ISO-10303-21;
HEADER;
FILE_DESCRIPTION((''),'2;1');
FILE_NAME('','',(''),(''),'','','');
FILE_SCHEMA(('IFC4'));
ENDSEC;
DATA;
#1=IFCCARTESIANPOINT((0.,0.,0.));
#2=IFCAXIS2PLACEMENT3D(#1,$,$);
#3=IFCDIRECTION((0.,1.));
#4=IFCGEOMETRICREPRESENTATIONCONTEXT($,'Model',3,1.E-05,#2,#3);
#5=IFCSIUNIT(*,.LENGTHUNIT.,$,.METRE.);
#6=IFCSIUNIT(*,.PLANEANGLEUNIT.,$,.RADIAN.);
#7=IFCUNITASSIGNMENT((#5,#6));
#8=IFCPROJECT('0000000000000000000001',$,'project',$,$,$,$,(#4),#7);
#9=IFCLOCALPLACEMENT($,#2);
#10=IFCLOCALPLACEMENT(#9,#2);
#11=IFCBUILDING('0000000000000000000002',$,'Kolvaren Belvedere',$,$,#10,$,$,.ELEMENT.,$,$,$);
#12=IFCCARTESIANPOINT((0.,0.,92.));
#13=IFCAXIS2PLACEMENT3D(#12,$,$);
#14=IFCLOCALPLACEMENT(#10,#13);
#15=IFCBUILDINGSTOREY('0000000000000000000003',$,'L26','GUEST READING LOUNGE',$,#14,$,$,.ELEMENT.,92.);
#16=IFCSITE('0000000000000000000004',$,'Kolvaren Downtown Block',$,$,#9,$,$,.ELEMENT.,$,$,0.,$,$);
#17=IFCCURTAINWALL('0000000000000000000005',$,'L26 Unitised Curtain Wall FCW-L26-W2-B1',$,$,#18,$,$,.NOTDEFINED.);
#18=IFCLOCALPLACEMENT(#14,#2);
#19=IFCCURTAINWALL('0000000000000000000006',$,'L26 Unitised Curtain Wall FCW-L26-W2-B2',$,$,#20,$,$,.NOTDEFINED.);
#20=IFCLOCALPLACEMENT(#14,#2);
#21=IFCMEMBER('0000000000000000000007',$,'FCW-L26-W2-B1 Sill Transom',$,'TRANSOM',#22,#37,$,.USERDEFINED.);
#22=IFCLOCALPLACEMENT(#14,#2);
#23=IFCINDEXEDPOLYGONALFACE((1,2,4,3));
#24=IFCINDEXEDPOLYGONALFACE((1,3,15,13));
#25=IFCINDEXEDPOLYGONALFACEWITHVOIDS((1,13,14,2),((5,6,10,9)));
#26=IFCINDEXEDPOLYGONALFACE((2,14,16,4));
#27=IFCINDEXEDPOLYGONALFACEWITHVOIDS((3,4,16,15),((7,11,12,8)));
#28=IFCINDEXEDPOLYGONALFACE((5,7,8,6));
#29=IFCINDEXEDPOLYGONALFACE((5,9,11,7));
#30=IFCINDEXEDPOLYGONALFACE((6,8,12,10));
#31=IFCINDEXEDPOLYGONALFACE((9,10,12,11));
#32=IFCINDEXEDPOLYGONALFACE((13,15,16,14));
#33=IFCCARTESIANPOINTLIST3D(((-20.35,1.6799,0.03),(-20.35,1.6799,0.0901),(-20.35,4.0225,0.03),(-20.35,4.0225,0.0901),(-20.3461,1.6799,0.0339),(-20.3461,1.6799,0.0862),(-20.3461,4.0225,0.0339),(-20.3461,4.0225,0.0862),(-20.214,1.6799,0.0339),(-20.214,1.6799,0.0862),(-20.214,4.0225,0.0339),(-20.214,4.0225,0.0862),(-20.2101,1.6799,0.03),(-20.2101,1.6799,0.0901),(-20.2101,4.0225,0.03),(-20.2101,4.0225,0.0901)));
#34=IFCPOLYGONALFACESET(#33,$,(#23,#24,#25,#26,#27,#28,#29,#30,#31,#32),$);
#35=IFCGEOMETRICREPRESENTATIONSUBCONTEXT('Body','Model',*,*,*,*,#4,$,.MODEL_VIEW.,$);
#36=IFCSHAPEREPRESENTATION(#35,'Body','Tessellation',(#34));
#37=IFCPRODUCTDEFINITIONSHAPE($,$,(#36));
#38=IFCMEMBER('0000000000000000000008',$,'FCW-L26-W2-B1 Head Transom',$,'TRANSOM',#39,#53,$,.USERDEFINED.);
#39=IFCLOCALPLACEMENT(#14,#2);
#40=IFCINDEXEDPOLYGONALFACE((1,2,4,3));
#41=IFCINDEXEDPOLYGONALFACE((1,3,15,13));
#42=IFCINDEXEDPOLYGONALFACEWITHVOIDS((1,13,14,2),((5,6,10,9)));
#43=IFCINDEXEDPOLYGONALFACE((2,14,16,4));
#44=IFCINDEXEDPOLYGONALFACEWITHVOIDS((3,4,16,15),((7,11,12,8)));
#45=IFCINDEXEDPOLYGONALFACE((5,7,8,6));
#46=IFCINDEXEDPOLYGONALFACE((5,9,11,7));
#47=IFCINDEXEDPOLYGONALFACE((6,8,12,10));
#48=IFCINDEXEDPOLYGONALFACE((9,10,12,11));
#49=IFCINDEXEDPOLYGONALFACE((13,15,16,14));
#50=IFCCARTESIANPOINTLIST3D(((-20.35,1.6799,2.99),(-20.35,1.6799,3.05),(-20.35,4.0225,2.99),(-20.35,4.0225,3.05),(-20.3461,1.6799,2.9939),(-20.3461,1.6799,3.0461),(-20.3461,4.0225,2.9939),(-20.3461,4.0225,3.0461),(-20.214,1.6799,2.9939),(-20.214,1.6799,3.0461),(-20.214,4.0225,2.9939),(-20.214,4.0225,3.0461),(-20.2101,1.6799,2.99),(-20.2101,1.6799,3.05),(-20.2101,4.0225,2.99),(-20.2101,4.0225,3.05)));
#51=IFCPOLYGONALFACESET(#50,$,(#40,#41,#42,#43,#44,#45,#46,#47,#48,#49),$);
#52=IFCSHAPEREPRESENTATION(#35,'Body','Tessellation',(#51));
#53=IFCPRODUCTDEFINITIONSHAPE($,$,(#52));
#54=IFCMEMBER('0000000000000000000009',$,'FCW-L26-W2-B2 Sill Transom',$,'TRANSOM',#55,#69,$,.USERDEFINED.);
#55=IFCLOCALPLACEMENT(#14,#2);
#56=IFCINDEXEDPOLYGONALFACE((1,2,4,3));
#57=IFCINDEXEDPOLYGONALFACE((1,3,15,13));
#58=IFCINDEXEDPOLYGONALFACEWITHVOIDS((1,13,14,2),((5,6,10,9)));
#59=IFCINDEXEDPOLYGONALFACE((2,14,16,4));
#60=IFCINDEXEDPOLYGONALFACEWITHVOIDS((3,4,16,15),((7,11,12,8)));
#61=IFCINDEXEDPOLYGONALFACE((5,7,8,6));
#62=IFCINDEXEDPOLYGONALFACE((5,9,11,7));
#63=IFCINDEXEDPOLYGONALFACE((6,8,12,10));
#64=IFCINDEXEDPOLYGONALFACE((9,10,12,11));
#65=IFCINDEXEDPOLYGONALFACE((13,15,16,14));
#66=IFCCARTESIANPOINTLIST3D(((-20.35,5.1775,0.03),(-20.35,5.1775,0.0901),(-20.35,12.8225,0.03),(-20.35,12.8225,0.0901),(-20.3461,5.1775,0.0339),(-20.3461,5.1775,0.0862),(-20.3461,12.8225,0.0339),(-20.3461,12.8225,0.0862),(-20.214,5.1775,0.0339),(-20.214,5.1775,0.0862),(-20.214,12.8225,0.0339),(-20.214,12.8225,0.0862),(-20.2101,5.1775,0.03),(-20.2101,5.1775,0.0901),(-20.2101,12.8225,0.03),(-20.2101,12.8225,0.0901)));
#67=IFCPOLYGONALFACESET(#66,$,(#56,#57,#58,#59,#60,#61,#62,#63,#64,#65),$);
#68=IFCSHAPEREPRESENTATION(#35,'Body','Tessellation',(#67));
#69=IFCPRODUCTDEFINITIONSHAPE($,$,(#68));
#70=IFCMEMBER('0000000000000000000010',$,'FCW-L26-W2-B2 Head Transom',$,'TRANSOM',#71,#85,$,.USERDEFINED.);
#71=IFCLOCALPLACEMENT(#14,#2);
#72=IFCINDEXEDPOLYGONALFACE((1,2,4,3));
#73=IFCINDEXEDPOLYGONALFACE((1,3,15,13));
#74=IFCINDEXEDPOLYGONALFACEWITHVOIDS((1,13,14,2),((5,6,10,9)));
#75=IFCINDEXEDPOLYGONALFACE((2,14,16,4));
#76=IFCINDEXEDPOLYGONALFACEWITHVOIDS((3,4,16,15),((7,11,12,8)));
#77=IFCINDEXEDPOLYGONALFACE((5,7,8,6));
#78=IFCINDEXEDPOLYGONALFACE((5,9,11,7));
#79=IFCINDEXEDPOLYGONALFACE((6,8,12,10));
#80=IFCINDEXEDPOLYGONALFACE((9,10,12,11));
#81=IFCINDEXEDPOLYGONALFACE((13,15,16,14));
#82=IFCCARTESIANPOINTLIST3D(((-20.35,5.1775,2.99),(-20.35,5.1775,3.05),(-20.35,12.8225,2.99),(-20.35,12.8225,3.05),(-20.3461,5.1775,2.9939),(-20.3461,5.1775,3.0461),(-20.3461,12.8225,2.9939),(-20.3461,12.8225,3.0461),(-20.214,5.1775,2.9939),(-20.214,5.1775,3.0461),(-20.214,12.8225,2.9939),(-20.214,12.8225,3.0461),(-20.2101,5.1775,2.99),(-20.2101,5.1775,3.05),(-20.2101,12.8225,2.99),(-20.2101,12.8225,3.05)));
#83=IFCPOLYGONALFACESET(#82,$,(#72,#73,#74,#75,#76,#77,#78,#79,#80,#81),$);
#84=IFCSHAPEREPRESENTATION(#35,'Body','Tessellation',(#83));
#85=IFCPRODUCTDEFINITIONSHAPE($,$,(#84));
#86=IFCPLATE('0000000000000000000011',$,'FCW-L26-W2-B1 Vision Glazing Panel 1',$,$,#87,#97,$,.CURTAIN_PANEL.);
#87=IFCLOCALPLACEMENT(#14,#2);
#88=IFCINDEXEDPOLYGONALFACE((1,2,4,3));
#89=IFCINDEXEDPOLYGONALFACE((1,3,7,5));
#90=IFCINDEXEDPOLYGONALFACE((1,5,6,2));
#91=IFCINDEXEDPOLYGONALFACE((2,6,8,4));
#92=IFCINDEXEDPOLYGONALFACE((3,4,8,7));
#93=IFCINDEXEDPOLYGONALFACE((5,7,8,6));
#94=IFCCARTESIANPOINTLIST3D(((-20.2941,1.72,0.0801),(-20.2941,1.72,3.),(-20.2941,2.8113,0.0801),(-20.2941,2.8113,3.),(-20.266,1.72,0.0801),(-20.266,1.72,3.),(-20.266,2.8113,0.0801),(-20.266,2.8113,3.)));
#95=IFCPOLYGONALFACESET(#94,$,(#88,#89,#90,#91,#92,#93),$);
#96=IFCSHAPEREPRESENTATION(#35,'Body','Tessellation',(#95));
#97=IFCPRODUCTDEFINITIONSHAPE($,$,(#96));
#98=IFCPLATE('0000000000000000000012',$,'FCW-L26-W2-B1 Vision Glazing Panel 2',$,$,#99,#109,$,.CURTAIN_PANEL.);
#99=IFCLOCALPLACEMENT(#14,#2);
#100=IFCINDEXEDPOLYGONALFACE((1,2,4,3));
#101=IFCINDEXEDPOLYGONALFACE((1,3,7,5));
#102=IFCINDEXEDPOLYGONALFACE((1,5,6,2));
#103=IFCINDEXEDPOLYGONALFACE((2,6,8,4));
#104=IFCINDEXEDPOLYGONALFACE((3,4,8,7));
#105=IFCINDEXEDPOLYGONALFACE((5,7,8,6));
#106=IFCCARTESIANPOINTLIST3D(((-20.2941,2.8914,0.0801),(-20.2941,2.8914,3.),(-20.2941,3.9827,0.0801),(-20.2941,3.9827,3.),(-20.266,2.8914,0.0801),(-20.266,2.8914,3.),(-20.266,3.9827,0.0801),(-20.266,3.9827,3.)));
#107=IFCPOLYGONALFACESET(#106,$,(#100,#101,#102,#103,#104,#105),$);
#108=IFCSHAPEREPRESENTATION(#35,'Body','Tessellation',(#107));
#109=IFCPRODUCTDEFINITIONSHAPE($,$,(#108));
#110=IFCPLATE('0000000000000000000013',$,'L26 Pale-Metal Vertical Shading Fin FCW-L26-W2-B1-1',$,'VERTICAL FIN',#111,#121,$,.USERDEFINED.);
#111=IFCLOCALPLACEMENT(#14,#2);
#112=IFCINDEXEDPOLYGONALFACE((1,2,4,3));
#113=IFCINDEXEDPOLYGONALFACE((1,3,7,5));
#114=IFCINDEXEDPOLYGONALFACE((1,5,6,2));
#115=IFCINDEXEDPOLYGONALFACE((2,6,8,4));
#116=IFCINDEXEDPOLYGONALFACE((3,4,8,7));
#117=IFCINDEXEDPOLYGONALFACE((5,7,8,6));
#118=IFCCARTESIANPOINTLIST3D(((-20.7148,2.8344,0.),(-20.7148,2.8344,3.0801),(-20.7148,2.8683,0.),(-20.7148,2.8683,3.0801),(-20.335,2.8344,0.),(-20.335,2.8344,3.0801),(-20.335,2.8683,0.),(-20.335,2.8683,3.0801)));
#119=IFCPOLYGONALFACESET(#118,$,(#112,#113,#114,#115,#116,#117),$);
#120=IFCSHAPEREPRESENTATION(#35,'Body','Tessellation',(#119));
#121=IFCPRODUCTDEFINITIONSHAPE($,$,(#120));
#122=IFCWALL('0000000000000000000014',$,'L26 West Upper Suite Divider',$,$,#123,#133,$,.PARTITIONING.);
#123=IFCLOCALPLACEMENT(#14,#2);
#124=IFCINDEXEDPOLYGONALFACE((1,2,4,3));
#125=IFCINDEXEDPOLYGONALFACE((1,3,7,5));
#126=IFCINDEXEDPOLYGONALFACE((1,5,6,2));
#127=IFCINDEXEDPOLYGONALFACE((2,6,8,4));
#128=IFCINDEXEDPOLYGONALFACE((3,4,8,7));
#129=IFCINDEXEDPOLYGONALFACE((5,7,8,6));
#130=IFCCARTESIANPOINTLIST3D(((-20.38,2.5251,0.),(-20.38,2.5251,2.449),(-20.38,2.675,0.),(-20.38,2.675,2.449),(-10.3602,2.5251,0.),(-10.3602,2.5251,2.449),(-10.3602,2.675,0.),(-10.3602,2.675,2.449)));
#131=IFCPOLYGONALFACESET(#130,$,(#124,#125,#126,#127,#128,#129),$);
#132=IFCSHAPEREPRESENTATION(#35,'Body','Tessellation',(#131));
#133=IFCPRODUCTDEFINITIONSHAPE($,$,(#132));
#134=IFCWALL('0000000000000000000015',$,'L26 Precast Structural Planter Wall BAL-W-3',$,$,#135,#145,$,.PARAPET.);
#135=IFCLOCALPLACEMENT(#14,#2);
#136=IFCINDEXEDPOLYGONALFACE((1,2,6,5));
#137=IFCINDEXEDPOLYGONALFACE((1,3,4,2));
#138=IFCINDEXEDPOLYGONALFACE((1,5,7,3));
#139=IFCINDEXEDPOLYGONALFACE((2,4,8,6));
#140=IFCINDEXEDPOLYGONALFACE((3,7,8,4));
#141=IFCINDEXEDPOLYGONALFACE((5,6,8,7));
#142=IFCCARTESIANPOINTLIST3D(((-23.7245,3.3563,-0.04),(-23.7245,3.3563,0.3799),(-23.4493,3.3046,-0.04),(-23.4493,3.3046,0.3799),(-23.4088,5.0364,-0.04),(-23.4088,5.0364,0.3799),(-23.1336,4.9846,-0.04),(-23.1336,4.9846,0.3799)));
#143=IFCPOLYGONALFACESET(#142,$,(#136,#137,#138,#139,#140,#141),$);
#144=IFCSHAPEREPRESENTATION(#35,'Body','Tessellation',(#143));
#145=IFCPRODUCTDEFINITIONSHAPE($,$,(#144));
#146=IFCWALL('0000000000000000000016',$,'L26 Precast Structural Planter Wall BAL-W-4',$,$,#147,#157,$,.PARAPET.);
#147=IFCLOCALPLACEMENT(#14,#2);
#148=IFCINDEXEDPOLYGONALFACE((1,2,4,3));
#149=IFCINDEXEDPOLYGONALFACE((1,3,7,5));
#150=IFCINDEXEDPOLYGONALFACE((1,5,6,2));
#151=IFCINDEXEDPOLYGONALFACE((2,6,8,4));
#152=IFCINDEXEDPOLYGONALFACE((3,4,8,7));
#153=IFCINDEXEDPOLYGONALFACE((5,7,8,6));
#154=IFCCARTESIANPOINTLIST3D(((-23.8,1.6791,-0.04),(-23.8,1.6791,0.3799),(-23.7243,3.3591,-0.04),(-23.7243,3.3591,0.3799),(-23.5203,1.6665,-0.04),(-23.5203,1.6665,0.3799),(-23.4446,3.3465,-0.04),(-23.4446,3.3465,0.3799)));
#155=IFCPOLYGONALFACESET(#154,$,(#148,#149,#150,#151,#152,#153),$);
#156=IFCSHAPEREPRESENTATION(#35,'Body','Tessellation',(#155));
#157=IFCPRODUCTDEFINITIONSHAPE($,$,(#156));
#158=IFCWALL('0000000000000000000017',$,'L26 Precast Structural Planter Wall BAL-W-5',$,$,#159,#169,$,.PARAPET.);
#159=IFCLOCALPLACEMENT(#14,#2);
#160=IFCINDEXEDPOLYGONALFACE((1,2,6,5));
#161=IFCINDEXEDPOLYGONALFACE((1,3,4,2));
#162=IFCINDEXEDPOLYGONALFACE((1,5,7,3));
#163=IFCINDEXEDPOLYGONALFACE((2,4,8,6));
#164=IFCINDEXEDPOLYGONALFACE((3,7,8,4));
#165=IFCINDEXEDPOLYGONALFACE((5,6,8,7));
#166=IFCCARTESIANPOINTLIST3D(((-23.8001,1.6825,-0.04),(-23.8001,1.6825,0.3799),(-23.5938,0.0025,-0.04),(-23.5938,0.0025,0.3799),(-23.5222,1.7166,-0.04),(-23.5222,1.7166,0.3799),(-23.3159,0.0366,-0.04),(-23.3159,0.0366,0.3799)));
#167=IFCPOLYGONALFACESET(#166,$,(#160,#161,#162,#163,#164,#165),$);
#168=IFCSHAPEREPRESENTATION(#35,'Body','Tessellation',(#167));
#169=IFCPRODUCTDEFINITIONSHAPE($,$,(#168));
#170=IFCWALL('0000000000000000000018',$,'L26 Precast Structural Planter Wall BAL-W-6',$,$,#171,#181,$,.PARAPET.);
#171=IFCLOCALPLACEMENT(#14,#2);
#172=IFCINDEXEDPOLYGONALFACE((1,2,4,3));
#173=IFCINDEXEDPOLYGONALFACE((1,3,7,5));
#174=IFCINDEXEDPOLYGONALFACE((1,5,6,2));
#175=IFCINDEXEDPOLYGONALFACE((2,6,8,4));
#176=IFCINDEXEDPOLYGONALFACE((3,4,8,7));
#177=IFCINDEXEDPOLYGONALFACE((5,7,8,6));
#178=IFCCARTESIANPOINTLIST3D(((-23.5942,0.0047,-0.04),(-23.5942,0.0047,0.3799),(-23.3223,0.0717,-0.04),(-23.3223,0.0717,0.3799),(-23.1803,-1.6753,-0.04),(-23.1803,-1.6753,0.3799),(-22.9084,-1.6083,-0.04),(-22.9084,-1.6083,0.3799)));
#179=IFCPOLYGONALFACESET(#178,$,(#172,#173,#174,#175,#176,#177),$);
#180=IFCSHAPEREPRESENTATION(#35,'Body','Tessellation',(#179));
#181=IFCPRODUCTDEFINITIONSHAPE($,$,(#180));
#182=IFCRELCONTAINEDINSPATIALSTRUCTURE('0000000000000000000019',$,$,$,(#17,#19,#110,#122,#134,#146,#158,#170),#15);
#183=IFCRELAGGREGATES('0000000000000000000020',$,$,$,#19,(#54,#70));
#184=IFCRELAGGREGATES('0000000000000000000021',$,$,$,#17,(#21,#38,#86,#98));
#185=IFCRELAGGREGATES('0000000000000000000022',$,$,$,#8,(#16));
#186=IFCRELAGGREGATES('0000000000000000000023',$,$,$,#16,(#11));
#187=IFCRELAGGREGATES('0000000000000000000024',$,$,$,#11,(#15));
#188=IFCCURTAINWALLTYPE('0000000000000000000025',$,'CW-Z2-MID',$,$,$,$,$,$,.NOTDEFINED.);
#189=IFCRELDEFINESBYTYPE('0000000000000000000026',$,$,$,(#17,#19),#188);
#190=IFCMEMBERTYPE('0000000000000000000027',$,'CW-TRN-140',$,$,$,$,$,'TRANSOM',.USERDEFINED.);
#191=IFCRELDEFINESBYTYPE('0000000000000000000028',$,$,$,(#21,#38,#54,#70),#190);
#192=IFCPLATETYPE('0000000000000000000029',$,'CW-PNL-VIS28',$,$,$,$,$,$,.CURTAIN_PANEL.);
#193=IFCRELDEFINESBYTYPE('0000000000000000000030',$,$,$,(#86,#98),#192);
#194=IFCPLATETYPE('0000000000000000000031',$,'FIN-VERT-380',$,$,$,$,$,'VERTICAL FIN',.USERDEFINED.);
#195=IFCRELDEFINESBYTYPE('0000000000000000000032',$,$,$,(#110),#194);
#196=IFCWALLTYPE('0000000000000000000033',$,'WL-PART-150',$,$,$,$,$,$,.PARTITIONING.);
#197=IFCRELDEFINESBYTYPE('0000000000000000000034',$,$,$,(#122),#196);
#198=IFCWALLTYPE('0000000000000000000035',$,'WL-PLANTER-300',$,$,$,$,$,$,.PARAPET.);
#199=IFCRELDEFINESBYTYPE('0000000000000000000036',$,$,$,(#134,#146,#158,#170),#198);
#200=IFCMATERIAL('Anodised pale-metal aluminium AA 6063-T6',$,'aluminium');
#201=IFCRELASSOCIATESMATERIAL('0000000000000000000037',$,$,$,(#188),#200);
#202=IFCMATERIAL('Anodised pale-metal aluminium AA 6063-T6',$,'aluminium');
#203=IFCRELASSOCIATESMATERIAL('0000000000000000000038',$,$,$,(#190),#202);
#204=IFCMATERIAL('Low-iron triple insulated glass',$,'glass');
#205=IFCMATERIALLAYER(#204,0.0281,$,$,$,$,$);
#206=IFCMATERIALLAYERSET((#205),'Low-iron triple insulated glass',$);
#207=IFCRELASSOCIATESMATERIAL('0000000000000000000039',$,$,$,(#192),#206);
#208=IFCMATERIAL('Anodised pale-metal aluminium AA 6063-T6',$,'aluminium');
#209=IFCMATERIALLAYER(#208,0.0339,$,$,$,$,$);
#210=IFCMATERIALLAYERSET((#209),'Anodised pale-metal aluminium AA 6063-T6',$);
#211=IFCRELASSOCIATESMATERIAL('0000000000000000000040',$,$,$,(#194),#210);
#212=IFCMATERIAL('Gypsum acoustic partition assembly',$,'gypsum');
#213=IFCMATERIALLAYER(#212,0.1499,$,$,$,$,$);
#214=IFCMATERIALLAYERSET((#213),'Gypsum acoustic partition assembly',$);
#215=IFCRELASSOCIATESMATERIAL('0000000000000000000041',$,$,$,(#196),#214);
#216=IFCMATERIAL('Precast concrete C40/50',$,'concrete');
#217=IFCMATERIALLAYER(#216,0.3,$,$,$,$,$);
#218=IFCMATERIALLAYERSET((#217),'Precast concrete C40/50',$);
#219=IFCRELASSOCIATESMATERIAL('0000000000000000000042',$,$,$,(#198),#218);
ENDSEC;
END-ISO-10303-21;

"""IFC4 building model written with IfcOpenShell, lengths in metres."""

from ifc_helpers import new_model, si_unit, direction, frame, frame_2d, origin, origin_2d, place, context, subcontext, project, spatial, rectangle, hollow_rectangle, extrude, material, layer, layer_set, material_profile, profile_set, type_object, element, aggregate, save


model = new_model("IFC4")

# Units and contexts
model_context = context("Model", 3, precision=1e-05, world=origin(), true_north=direction((0.0, 1.0)))
body_context = subcontext(model_context, "Body", "Model", "MODEL_VIEW")
ifc_project = project(units=[si_unit("LENGTHUNIT", "METRE"), si_unit("PLANEANGLEUNIT", "RADIAN")], contexts=[model_context])

# Site, building, storey
site_placement = place(None, origin())
site = spatial("IfcSite", under=ifc_project, at=site_placement, Name="Kolvaren Downtown Block", CompositionType="ELEMENT", RefElevation=0.0)
building_placement = place(site_placement, origin())
building = spatial("IfcBuilding", under=site, at=building_placement, Name="Kolvaren Belvedere", CompositionType="ELEMENT")
storey_placement = place(building_placement, frame((0.0, 0.0, 92.0)))
storey = spatial("IfcBuildingStorey", under=building, at=storey_placement, Name="L26", Description="GUEST READING LOUNGE", CompositionType="ELEMENT", Elevation=92.0)

# Curtain wall
ifc_material_1 = material(Name="Anodised pale-metal aluminium AA 6063-T6", Category="aluminium")
curtain_wall_type = type_object("IfcCurtainWallType", Name="CW-Z2-MID", PredefinedType="NOTDEFINED", material=ifc_material_1)
curtain_wall_1_placement = place(storey_placement, origin())
curtain_wall_1 = element("IfcCurtainWall", 1, at=curtain_wall_1_placement, inside=storey, type_object=curtain_wall_type, Name="L26 Unitised Curtain Wall FCW-L26-W2-B1", PredefinedType="NOTDEFINED")

# Curtain wall
curtain_wall_2_placement = place(storey_placement, origin())
curtain_wall_2 = element("IfcCurtainWall", 2, at=curtain_wall_2_placement, inside=storey, type_object=curtain_wall_type, Name="L26 Unitised Curtain Wall FCW-L26-W2-B2", PredefinedType="NOTDEFINED")

# Members
ifc_material_2 = material(Name="Anodised pale-metal aluminium AA 6063-T6", Category="aluminium")
ifc_material_profile_1 = material_profile(ifc_material_2, hollow_rectangle(XDim=0.0601, YDim=0.1399, WallThickness=0.0039, at=origin_2d()), Name="ALU-TRN-140X60")
ifc_profile_set_1 = profile_set([ifc_material_profile_1], Name="Anodised pale-metal aluminium AA 6063-T6")
member_type_1 = type_object("IfcMemberType", Name="CW-TRN-140", ElementType="TRANSOM", PredefinedType="USERDEFINED", material=ifc_profile_set_1)
member_1_placement = place(storey_placement, frame((-20.28, 1.6799, 0.0601), z_axis=(0.0, 1.0, 0.0), x_axis=(0.0, 0.0, 1.0)))
member_1 = element("IfcMember", 3, at=member_1_placement, type_object=member_type_1, Name="FCW-L26-W2-B1 Sill Transom", ObjectType="TRANSOM", PredefinedType="USERDEFINED", context=body_context, shape_type="SweptSolid", body=[
    extrude(hollow_rectangle(XDim=0.0601, YDim=0.1399, WallThickness=0.0039, at=origin_2d()), origin(), (0.0, 0.0, 1.0), 2.3425),
])
member_2_placement = place(storey_placement, frame((-20.28, 1.6799, 3.02), z_axis=(0.0, 1.0, 0.0), x_axis=(0.0, 0.0, 1.0)))
member_2 = element("IfcMember", 4, at=member_2_placement, type_object=member_type_1, Name="FCW-L26-W2-B1 Head Transom", ObjectType="TRANSOM", PredefinedType="USERDEFINED", context=body_context, shape_type="SweptSolid", body=[
    extrude(hollow_rectangle(XDim=0.0601, YDim=0.1399, WallThickness=0.0039, at=origin_2d()), origin(), (0.0, 0.0, 1.0), 2.3425),
])
member_3_placement = place(storey_placement, frame((-20.28, 5.1775, 0.0601), z_axis=(0.0, 1.0, 0.0), x_axis=(0.0, 0.0, 1.0)))
member_3 = element("IfcMember", 5, at=member_3_placement, type_object=member_type_1, Name="FCW-L26-W2-B2 Sill Transom", ObjectType="TRANSOM", PredefinedType="USERDEFINED", context=body_context, shape_type="SweptSolid", body=[
    extrude(hollow_rectangle(XDim=0.0601, YDim=0.1399, WallThickness=0.0039, at=origin_2d()), origin(), (0.0, 0.0, 1.0), 7.645),
])
member_4_placement = place(storey_placement, frame((-20.28, 5.1775, 3.02), z_axis=(0.0, 1.0, 0.0), x_axis=(0.0, 0.0, 1.0)))
member_4 = element("IfcMember", 6, at=member_4_placement, type_object=member_type_1, Name="FCW-L26-W2-B2 Head Transom", ObjectType="TRANSOM", PredefinedType="USERDEFINED", context=body_context, shape_type="SweptSolid", body=[
    extrude(hollow_rectangle(XDim=0.0601, YDim=0.1399, WallThickness=0.0039, at=origin_2d()), origin(), (0.0, 0.0, 1.0), 7.645),
])
aggregate(curtain_wall_2, [member_3, member_4])

# Plates
ifc_material_3 = material(Name="Low-iron triple insulated glass", Category="glass")
ifc_layer_1 = layer(ifc_material_3, 0.0281)
ifc_layer_set_1 = layer_set([ifc_layer_1], Name="Low-iron triple insulated glass")
plate_type_1 = type_object("IfcPlateType", Name="CW-PNL-VIS28", PredefinedType="CURTAIN_PANEL", material=ifc_layer_set_1)
plate_1_placement = place(storey_placement, frame((-20.28, 2.2656, 0.0801), z_axis=(0.0, 0.0, 1.0), x_axis=(0.0, 1.0, 0.0)))
plate_1 = element("IfcPlate", 7, at=plate_1_placement, type_object=plate_type_1, Name="FCW-L26-W2-B1 Vision Glazing Panel 1", PredefinedType="CURTAIN_PANEL", context=body_context, shape_type="SweptSolid", body=[
    extrude(rectangle(XDim=1.0913, YDim=0.0281, at=origin_2d()), origin(), (0.0, 0.0, 1.0), 2.9199),
])
plate_2_placement = place(storey_placement, frame((-20.28, 3.437, 0.0801), z_axis=(0.0, 0.0, 1.0), x_axis=(0.0, 1.0, 0.0)))
plate_2 = element("IfcPlate", 8, at=plate_2_placement, type_object=plate_type_1, Name="FCW-L26-W2-B1 Vision Glazing Panel 2", PredefinedType="CURTAIN_PANEL", context=body_context, shape_type="SweptSolid", body=[
    extrude(rectangle(XDim=1.0913, YDim=0.0281, at=origin_2d()), origin(), (0.0, 0.0, 1.0), 2.9199),
])
aggregate(curtain_wall_1, [member_1, member_2, plate_1, plate_2])
ifc_material_4 = material(Name="Anodised pale-metal aluminium AA 6063-T6", Category="aluminium")
ifc_layer_2 = layer(ifc_material_4, 0.0339)
ifc_layer_set_2 = layer_set([ifc_layer_2], Name="Anodised pale-metal aluminium AA 6063-T6")
plate_type_2 = type_object("IfcPlateType", Name="FIN-VERT-380", ElementType="VERTICAL FIN", PredefinedType="USERDEFINED", material=ifc_layer_set_2)
plate_3_placement = place(storey_placement, frame((-20.5249, 2.8513, 0.0), z_axis=(0.0, 0.0, 1.0), x_axis=(1.0, 0.0, 0.0)))
element("IfcPlate", 9, at=plate_3_placement, inside=storey, type_object=plate_type_2, Name="L26 Pale-Metal Vertical Shading Fin FCW-L26-W2-B1-1", ObjectType="VERTICAL FIN", PredefinedType="USERDEFINED", context=body_context, shape_type="SweptSolid", body=[
    extrude(rectangle(XDim=0.3799, YDim=0.0339, at=origin_2d()), origin(), (0.0, 0.0, 1.0), 3.0801),
])

# Walls
ifc_material_5 = material(Name="Gypsum acoustic partition assembly", Category="gypsum")
ifc_layer_3 = layer(ifc_material_5, 0.1499)
ifc_layer_set_3 = layer_set([ifc_layer_3], Name="Gypsum acoustic partition assembly")
wall_type_1 = type_object("IfcWallType", Name="WL-PART-150", PredefinedType="PARTITIONING", material=ifc_layer_set_3)
wall_1_placement = place(storey_placement, frame((-20.3799, 2.6001, 0.0), z_axis=(0.0, 0.0, 1.0), x_axis=(1.0, 0.0, 0.0)))
element("IfcWall", 10, at=wall_1_placement, inside=storey, type_object=wall_type_1, Name="L26 West Upper Suite Divider", PredefinedType="PARTITIONING", context=body_context, shape_type="SweptSolid", body=[
    extrude(rectangle(XDim=10.0198, YDim=0.1499, at=frame_2d((5.0098, 0.0))), origin(), (0.0, 0.0, 1.0), 2.449),
])
ifc_material_6 = material(Name="Precast concrete C40/50", Category="concrete")
ifc_layer_4 = layer(ifc_material_6, 0.3)
ifc_layer_set_4 = layer_set([ifc_layer_4], Name="Precast concrete C40/50")
wall_type_2 = type_object("IfcWallType", Name="WL-PLANTER-300", PredefinedType="PARAPET", material=ifc_layer_set_4)
wall_2_placement = place(storey_placement, frame((-23.2712, 5.0105, -0.04), z_axis=(0.0, 0.0, 1.0), x_axis=(-0.184651, -0.982804, 0.0)))
element("IfcWall", 11, at=wall_2_placement, inside=storey, type_object=wall_type_2, Name="L26 Precast Structural Planter Wall BAL-W-3", PredefinedType="PARAPET", context=body_context, shape_type="SweptSolid", body=[
    extrude(rectangle(XDim=1.7095, YDim=0.28, at=frame_2d((0.8547, 0.0))), origin(), (0.0, 0.0, 1.0), 0.4199),
])
wall_3_placement = place(storey_placement, frame((-23.5845, 3.3528, -0.04), z_axis=(0.0, 0.0, 1.0), x_axis=(-0.045006, -0.998987, 0.0)))
element("IfcWall", 12, at=wall_3_placement, inside=storey, type_object=wall_type_2, Name="L26 Precast Structural Planter Wall BAL-W-4", PredefinedType="PARAPET", context=body_context, shape_type="SweptSolid", body=[
    extrude(rectangle(XDim=1.6816, YDim=0.28, at=frame_2d((0.8408, 0.0))), origin(), (0.0, 0.0, 1.0), 0.4199),
])
wall_4_placement = place(storey_placement, frame((-23.6611, 1.6995, -0.04), z_axis=(0.0, 0.0, 1.0), x_axis=(0.121886, -0.992544, 0.0)))
element("IfcWall", 13, at=wall_4_placement, inside=storey, type_object=wall_type_2, Name="L26 Precast Structural Planter Wall BAL-W-5", PredefinedType="PARAPET", context=body_context, shape_type="SweptSolid", body=[
    extrude(rectangle(XDim=1.6926, YDim=0.28, at=frame_2d((0.8462, 0.0))), origin(), (0.0, 0.0, 1.0), 0.4199),
])
wall_5_placement = place(storey_placement, frame((-23.4583, 0.0383, -0.04), z_axis=(0.0, 0.0, 1.0), x_axis=(0.239181, -0.970975, 0.0)))
element("IfcWall", 14, at=wall_5_placement, inside=storey, type_object=wall_type_2, Name="L26 Precast Structural Planter Wall BAL-W-6", PredefinedType="PARAPET", context=body_context, shape_type="SweptSolid", body=[
    extrude(rectangle(XDim=1.7302, YDim=0.28, at=frame_2d((0.8652, 0.0))), origin(), (0.0, 0.0, 1.0), 0.4199),
])

save(model, "model.ifc")
